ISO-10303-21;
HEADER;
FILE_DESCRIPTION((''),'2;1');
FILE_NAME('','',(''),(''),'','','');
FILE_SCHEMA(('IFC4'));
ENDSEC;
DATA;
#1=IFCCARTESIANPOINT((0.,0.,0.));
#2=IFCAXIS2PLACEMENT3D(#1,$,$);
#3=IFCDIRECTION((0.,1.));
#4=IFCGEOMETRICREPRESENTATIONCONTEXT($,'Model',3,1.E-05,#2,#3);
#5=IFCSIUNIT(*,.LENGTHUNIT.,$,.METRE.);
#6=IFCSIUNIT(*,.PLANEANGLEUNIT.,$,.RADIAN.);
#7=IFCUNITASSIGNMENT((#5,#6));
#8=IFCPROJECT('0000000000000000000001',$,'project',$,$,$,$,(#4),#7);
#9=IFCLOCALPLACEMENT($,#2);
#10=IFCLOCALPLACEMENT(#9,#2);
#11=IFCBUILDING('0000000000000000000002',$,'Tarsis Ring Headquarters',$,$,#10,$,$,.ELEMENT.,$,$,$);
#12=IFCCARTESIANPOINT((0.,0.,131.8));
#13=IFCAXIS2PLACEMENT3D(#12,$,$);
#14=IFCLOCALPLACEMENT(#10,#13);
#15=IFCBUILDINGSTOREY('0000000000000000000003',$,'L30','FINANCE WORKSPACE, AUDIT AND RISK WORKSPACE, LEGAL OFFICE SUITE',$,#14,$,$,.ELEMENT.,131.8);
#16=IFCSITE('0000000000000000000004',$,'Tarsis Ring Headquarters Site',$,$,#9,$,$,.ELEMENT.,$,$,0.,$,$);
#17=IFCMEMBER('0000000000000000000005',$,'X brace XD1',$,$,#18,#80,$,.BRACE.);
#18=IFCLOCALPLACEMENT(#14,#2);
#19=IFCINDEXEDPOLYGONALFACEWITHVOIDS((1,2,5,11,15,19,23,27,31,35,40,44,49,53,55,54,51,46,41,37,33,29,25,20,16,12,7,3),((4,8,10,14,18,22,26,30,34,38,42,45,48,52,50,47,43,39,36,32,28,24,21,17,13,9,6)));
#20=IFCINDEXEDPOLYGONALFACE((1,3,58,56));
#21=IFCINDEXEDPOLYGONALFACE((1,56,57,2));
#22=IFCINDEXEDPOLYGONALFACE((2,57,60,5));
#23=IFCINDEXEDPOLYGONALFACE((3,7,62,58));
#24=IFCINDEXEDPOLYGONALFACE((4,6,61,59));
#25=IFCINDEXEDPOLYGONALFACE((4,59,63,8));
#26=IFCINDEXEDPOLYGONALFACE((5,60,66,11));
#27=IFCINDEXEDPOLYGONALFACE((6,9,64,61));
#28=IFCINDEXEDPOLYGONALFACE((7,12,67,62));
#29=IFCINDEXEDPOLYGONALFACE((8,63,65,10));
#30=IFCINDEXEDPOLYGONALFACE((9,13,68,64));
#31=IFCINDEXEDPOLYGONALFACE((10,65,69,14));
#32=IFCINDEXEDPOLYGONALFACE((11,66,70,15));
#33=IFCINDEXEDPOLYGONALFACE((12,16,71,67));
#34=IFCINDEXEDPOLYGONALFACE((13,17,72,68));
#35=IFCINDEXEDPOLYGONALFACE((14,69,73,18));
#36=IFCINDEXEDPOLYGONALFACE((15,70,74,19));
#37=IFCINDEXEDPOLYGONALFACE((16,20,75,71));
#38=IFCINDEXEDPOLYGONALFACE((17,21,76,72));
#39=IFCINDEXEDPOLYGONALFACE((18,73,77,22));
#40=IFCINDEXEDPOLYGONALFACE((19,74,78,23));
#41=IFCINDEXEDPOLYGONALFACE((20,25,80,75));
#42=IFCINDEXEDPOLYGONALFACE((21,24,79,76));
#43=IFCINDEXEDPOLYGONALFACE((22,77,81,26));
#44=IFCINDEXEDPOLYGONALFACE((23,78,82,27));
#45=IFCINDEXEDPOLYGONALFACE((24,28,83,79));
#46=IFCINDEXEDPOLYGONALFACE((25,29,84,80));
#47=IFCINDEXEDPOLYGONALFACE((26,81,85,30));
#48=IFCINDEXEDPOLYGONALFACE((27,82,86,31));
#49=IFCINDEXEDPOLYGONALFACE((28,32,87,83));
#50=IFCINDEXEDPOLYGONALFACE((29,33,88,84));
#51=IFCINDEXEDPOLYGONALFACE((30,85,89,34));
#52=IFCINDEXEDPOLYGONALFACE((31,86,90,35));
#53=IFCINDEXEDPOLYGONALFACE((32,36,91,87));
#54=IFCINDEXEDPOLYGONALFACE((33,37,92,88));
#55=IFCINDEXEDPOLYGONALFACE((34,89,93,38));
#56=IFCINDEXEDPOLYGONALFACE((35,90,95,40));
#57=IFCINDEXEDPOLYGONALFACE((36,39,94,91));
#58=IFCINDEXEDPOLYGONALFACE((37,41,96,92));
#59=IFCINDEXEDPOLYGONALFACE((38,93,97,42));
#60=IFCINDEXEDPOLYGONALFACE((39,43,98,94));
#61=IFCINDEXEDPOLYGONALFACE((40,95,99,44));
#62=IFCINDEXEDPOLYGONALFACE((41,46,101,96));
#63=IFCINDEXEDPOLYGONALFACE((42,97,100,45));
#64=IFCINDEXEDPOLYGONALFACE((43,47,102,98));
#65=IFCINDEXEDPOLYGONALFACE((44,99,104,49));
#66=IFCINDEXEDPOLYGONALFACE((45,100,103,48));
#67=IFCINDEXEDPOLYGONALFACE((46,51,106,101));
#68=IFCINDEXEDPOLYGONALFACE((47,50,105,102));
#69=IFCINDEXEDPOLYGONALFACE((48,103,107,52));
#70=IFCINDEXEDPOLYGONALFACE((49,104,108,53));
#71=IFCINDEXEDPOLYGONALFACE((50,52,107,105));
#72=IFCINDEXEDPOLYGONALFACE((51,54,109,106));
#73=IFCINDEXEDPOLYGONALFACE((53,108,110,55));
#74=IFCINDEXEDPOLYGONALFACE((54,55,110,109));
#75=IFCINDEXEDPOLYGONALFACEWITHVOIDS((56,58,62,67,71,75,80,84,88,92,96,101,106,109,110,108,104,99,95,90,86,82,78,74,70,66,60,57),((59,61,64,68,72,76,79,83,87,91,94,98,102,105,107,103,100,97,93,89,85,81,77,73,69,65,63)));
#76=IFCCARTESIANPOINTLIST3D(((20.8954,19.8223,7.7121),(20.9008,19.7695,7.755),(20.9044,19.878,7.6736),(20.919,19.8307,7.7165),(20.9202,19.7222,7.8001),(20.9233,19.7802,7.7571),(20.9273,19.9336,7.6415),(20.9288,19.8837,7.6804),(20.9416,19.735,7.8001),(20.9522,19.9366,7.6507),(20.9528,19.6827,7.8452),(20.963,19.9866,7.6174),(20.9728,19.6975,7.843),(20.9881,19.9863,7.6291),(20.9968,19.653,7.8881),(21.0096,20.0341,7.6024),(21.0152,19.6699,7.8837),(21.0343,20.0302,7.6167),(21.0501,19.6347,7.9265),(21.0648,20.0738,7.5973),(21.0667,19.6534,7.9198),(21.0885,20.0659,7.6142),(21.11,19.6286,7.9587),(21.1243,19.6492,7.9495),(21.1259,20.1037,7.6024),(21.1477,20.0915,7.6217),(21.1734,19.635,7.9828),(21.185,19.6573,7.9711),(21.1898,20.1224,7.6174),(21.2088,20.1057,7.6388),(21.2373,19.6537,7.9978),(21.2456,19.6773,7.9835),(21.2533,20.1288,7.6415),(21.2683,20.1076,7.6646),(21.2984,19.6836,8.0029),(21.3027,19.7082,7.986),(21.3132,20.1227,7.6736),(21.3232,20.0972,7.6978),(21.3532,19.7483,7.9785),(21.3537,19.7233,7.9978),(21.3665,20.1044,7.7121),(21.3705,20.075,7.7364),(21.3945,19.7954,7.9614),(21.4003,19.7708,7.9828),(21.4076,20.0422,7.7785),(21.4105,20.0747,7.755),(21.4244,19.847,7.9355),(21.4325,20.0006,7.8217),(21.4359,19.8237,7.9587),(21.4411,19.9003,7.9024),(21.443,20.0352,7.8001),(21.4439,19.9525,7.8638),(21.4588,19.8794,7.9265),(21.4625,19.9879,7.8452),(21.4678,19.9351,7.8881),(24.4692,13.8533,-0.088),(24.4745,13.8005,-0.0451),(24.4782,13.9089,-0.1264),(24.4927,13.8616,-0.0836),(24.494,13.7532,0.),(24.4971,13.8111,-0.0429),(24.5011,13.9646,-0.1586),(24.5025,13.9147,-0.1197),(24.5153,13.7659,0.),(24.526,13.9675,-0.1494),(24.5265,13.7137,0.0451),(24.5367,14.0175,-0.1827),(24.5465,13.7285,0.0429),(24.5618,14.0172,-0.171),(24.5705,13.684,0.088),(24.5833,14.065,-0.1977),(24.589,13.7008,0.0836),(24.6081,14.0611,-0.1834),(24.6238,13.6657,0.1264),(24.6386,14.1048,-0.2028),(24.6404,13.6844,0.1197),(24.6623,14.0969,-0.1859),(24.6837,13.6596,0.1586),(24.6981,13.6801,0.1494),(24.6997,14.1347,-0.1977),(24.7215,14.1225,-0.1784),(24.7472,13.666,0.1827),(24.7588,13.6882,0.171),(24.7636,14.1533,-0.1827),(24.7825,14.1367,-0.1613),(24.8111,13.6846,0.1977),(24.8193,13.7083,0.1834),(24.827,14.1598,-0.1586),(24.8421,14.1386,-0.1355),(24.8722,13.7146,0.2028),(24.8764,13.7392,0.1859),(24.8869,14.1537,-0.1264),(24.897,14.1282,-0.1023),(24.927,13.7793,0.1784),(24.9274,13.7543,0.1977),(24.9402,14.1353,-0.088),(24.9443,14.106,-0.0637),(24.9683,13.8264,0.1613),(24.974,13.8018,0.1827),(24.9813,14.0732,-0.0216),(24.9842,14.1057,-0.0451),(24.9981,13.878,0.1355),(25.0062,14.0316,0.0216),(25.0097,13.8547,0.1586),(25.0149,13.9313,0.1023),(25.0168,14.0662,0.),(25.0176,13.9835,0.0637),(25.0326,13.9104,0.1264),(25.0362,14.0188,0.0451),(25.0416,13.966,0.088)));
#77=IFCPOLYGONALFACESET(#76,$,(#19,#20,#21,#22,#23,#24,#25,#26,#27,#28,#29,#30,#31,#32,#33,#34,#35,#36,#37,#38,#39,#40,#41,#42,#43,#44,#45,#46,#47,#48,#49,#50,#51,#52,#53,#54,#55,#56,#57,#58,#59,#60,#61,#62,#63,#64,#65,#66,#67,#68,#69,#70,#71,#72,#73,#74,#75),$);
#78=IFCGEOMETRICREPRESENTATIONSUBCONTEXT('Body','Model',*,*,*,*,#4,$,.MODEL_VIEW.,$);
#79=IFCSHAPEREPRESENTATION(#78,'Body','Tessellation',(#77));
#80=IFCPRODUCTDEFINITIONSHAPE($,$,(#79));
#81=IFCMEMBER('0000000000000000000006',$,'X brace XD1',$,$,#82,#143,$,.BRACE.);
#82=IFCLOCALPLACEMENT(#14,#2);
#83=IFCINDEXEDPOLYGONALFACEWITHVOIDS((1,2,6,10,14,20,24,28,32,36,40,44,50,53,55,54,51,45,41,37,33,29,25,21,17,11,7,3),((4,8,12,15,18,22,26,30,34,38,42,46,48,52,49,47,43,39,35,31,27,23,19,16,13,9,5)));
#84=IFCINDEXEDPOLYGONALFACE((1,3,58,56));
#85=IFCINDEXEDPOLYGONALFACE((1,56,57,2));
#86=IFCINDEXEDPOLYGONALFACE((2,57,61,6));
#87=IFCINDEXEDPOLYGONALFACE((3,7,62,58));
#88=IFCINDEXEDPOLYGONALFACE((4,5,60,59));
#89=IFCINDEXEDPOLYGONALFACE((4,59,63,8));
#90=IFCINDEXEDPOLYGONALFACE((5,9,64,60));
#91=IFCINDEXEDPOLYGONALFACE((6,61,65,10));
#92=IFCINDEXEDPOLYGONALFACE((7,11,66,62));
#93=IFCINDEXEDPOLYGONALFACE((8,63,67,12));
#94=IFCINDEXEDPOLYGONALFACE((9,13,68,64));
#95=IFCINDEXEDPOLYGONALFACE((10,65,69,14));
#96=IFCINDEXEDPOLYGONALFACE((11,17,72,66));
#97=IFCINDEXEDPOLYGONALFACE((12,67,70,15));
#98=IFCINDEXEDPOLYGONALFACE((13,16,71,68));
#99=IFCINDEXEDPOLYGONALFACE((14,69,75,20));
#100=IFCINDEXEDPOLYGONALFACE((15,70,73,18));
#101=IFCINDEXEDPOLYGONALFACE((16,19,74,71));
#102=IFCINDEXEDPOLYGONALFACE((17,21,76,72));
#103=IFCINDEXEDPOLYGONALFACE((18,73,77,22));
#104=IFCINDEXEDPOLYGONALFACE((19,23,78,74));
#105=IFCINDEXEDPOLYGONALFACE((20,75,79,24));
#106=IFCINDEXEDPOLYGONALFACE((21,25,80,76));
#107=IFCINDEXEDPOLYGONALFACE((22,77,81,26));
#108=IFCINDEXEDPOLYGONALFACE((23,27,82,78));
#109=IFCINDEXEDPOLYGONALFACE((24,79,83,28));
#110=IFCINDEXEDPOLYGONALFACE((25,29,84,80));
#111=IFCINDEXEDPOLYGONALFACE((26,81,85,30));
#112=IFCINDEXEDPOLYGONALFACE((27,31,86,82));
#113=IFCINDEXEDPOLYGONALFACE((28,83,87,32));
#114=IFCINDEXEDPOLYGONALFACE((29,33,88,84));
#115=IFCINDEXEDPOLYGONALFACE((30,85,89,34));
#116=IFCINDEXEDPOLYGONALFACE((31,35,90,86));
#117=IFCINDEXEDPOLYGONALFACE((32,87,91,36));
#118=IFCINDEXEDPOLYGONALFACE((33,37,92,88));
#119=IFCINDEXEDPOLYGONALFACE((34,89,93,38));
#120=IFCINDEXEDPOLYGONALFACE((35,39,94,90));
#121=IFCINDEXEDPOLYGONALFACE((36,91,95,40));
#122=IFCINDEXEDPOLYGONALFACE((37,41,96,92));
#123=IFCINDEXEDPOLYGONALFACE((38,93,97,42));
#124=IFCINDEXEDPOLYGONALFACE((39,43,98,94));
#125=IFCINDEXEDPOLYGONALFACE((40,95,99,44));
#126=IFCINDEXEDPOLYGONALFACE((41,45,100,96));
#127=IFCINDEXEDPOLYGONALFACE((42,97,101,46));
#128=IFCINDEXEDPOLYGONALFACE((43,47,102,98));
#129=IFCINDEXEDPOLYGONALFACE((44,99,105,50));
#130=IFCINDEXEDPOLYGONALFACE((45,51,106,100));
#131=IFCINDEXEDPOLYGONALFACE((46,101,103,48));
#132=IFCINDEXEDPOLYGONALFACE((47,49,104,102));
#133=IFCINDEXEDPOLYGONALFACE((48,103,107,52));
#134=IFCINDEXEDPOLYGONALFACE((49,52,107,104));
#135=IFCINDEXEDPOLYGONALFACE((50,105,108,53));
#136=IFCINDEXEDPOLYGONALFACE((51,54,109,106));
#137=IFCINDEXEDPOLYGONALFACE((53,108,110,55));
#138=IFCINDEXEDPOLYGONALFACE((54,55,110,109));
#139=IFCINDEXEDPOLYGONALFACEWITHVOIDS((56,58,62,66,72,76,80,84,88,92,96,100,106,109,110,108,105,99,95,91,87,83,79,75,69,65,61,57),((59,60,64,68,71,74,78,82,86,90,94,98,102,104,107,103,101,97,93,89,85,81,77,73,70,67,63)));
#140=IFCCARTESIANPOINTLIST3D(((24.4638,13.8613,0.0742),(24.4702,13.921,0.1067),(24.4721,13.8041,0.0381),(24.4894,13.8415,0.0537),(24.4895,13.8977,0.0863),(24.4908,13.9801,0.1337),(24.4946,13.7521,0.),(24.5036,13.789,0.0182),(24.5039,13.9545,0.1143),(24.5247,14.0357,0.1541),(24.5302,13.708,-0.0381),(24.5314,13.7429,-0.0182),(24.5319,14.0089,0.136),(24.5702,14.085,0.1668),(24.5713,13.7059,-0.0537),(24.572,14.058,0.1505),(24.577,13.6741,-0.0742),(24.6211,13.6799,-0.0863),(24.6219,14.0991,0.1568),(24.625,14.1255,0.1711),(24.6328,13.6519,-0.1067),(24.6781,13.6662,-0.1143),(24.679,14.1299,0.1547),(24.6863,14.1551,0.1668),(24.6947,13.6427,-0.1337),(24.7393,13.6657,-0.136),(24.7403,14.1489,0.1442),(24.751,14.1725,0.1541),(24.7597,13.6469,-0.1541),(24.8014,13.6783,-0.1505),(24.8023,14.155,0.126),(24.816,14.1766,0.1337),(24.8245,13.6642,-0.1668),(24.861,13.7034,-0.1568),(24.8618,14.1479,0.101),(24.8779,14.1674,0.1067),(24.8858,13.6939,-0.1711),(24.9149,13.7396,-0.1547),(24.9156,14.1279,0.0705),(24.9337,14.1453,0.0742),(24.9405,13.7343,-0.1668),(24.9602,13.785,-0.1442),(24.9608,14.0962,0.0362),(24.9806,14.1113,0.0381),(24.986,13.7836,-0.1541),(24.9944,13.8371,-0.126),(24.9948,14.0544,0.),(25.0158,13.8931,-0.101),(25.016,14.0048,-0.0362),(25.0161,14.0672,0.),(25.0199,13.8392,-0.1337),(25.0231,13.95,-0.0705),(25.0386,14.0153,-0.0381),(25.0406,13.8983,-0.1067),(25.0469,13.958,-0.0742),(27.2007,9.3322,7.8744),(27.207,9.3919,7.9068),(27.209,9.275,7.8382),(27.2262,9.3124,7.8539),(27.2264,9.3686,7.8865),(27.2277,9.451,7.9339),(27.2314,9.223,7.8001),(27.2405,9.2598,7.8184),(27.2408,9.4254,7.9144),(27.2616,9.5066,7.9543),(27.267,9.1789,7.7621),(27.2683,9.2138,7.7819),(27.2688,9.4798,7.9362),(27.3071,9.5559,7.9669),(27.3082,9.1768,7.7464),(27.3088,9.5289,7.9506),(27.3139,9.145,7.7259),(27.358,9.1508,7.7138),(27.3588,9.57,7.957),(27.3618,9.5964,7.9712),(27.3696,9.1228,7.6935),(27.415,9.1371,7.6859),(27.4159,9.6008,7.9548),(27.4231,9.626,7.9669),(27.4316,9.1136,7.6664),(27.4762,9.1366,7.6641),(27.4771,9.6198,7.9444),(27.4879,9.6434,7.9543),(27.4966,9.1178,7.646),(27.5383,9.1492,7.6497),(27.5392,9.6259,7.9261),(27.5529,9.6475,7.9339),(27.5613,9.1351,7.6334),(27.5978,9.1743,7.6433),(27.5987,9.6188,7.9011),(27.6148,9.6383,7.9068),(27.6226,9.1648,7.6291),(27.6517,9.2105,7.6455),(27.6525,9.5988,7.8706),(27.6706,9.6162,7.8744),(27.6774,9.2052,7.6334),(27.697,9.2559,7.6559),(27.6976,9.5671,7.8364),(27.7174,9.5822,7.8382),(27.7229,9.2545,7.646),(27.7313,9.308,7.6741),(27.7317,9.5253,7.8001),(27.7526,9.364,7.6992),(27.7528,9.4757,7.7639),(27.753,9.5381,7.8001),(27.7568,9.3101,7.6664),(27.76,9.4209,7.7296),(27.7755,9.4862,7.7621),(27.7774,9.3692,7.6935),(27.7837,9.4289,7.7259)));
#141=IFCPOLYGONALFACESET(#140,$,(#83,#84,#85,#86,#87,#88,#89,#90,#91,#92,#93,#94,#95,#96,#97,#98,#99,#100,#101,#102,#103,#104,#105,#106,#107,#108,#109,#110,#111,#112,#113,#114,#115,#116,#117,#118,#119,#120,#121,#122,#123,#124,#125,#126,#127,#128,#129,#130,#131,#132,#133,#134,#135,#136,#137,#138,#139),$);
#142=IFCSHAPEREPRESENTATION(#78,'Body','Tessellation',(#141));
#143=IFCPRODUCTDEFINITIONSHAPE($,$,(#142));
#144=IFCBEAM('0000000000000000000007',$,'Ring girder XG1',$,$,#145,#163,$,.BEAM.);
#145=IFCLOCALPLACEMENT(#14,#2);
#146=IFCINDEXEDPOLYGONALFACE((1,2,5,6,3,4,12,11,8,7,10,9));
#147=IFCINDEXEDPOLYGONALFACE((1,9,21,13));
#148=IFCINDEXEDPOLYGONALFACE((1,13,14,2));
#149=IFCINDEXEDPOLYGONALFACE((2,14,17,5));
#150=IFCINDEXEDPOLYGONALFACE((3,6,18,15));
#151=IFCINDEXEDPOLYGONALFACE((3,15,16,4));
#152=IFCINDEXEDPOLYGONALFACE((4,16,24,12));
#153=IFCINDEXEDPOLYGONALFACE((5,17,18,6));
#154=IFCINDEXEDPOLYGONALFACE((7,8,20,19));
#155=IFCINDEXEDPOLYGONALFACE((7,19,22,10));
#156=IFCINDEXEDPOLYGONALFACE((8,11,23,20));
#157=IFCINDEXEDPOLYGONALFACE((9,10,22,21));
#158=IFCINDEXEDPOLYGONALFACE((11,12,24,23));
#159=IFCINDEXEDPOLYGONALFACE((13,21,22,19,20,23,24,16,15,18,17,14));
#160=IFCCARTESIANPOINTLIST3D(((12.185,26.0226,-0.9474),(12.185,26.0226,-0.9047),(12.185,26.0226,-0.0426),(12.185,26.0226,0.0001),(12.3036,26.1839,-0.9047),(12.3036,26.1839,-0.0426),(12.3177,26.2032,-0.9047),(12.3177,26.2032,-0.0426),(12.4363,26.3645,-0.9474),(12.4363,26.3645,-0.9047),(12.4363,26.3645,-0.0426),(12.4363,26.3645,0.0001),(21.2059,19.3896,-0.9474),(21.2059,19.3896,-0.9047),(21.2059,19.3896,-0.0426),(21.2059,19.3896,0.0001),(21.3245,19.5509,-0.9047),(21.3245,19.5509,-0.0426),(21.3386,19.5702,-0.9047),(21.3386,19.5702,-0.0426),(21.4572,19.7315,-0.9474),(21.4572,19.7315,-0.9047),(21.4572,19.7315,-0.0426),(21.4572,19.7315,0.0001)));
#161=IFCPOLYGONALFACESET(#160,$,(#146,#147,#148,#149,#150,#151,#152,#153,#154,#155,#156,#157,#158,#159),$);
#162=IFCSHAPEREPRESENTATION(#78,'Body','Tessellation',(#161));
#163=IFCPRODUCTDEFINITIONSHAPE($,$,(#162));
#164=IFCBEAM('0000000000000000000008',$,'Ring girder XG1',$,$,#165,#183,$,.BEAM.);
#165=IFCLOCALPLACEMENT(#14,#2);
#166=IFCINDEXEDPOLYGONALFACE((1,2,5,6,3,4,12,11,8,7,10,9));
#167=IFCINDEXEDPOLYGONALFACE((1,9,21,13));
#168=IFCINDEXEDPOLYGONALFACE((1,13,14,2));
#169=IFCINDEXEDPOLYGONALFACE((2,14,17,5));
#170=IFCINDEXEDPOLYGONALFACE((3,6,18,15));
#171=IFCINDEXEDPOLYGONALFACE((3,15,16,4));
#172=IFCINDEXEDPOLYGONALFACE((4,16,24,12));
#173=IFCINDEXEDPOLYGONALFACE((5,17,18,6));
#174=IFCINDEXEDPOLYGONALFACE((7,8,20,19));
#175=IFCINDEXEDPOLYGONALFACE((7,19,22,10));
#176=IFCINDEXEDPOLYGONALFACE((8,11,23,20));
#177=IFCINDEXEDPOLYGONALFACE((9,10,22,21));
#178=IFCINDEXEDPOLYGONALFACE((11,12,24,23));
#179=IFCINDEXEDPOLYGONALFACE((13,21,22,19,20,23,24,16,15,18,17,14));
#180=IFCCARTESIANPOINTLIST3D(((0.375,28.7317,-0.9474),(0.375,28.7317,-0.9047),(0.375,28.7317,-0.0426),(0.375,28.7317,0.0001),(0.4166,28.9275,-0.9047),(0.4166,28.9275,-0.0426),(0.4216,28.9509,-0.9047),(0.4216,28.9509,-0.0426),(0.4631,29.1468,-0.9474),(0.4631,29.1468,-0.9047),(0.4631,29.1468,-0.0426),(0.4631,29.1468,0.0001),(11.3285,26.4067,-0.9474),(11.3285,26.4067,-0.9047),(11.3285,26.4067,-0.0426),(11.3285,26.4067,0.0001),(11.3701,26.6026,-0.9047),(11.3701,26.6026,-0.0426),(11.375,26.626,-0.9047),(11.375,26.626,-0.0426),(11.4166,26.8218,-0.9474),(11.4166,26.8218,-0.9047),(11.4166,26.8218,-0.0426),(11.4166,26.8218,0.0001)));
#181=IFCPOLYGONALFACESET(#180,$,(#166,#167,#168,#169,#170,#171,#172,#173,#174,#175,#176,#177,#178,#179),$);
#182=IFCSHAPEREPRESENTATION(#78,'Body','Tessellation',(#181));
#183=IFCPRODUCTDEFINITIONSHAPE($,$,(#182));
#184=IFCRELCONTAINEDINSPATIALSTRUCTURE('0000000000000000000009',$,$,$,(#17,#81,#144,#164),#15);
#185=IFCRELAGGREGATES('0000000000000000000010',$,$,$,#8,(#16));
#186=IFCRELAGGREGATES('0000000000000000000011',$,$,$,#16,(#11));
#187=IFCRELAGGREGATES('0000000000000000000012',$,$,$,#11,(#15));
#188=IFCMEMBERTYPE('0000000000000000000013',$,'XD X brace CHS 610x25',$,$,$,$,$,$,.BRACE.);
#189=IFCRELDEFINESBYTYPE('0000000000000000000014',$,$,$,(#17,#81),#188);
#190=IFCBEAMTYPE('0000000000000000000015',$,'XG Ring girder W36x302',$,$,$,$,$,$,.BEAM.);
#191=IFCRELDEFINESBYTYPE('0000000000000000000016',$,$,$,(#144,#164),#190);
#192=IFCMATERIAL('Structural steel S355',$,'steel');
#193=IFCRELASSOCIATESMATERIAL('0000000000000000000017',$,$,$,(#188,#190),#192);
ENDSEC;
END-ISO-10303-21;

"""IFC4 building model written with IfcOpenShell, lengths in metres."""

from ifc_helpers import new_model, si_unit, direction, frame, origin, origin_2d, place, context, subcontext, project, spatial, hollow_circle, i_section, extrude, material, material_profile, profile_set, type_object, element, save


model = new_model("IFC4")

# Units and contexts
model_context = context("Model", 3, precision=1e-05, world=origin(), true_north=direction((0.0, 1.0)))
body_context = subcontext(model_context, "Body", "Model", "MODEL_VIEW")
ifc_project = project(units=[si_unit("LENGTHUNIT", "METRE"), si_unit("PLANEANGLEUNIT", "RADIAN")], contexts=[model_context])

# Site, building, storey
site_placement = place(None, origin())
site = spatial("IfcSite", under=ifc_project, at=site_placement, Name="Tarsis Ring Headquarters Site", CompositionType="ELEMENT", RefElevation=0.0)
building_placement = place(site_placement, origin())
building = spatial("IfcBuilding", under=site, at=building_placement, Name="Tarsis Ring Headquarters", CompositionType="ELEMENT")
storey_placement = place(building_placement, frame((0.0, 0.0, 131.8)))
storey = spatial("IfcBuildingStorey", under=building, at=storey_placement, Name="L30", Description="FINANCE WORKSPACE, AUDIT AND RISK WORKSPACE, LEGAL OFFICE SUITE", CompositionType="ELEMENT", Elevation=131.8)

# Shared definitions
ifc_material_1 = material(Name="Structural steel S355", Category="steel")

# Members
ifc_material_profile_1 = material_profile(ifc_material_1, hollow_circle(Radius=0.3047, WallThickness=0.0249, at=origin_2d()), Name="CHS 610x25")
ifc_profile_set_1 = profile_set([ifc_material_profile_1], Name="Structural steel S355")
member_type = type_object("IfcMemberType", Name="XD X brace CHS 610x25", PredefinedType="BRACE", material=ifc_profile_set_1)
member_1_placement = place(storey_placement, frame((24.7554, 13.9097, 0.0), z_axis=(-0.341923, 0.571094, 0.746284), x_axis=(-0.857979, -0.513685, 0.0)))
element("IfcMember", 1, at=member_1_placement, inside=storey, type_object=member_type, Name="X brace XD1", PredefinedType="BRACE", context=body_context, shape_type="SweptSolid", body=[
    extrude(hollow_circle(Radius=0.3047, WallThickness=0.0249, at=origin_2d()), origin(), (0.0, 0.0, 1.0), 10.4519),
])
member_2_placement = place(storey_placement, frame((24.7554, 13.9097, 0.0), z_axis=(0.290358, -0.480502, 0.827533), x_axis=(0.855873, 0.517187, 0.0)))
element("IfcMember", 2, at=member_2_placement, inside=storey, type_object=member_type, Name="X brace XD1", PredefinedType="BRACE", context=body_context, shape_type="SweptSolid", body=[
    extrude(hollow_circle(Radius=0.3047, WallThickness=0.0249, at=origin_2d()), origin(), (0.0, 0.0, 1.0), 9.4258),
])

# Beams
ifc_material_profile_2 = material_profile(ifc_material_1, i_section(OverallWidth=0.4243, OverallDepth=0.9475, WebThickness=0.0239, FlangeThickness=0.0427, at=origin_2d()), Name="W36x302")
ifc_profile_set_2 = profile_set([ifc_material_profile_2], Name="Structural steel S355")
beam_type_1 = type_object("IfcBeamType", Name="XG Ring girder W36x302", PredefinedType="BEAM", material=ifc_profile_set_2)
beam_1_placement = place(storey_placement, frame((21.3315, 19.5605, -0.4736), z_axis=(-0.805652, 0.592389, 0.0), x_axis=(-0.592389, -0.805652, 0.0)))
element("IfcBeam", 3, at=beam_1_placement, inside=storey, type_object=beam_type_1, Name="Ring girder XG1", PredefinedType="BEAM", context=body_context, shape_type="SweptSolid", body=[
    extrude(i_section(OverallWidth=0.4243, OverallDepth=0.9475, WebThickness=0.0239, FlangeThickness=0.0427, at=origin_2d()), origin(), (0.0, 0.0, 1.0), 11.197),
])
beam_2_placement = place(storey_placement, frame((11.3726, 26.6143, -0.4736), z_axis=(-0.978207, 0.207633, 0.0), x_axis=(-0.207633, -0.978207, 0.0)))
element("IfcBeam", 4, at=beam_2_placement, inside=storey, type_object=beam_type_1, Name="Ring girder XG1", PredefinedType="BEAM", context=body_context, shape_type="SweptSolid", body=[
    extrude(i_section(OverallWidth=0.4243, OverallDepth=0.9475, WebThickness=0.0239, FlangeThickness=0.0427, at=origin_2d()), origin(), (0.0, 0.0, 1.0), 11.1975),
])

save(model, "model.ifc")
